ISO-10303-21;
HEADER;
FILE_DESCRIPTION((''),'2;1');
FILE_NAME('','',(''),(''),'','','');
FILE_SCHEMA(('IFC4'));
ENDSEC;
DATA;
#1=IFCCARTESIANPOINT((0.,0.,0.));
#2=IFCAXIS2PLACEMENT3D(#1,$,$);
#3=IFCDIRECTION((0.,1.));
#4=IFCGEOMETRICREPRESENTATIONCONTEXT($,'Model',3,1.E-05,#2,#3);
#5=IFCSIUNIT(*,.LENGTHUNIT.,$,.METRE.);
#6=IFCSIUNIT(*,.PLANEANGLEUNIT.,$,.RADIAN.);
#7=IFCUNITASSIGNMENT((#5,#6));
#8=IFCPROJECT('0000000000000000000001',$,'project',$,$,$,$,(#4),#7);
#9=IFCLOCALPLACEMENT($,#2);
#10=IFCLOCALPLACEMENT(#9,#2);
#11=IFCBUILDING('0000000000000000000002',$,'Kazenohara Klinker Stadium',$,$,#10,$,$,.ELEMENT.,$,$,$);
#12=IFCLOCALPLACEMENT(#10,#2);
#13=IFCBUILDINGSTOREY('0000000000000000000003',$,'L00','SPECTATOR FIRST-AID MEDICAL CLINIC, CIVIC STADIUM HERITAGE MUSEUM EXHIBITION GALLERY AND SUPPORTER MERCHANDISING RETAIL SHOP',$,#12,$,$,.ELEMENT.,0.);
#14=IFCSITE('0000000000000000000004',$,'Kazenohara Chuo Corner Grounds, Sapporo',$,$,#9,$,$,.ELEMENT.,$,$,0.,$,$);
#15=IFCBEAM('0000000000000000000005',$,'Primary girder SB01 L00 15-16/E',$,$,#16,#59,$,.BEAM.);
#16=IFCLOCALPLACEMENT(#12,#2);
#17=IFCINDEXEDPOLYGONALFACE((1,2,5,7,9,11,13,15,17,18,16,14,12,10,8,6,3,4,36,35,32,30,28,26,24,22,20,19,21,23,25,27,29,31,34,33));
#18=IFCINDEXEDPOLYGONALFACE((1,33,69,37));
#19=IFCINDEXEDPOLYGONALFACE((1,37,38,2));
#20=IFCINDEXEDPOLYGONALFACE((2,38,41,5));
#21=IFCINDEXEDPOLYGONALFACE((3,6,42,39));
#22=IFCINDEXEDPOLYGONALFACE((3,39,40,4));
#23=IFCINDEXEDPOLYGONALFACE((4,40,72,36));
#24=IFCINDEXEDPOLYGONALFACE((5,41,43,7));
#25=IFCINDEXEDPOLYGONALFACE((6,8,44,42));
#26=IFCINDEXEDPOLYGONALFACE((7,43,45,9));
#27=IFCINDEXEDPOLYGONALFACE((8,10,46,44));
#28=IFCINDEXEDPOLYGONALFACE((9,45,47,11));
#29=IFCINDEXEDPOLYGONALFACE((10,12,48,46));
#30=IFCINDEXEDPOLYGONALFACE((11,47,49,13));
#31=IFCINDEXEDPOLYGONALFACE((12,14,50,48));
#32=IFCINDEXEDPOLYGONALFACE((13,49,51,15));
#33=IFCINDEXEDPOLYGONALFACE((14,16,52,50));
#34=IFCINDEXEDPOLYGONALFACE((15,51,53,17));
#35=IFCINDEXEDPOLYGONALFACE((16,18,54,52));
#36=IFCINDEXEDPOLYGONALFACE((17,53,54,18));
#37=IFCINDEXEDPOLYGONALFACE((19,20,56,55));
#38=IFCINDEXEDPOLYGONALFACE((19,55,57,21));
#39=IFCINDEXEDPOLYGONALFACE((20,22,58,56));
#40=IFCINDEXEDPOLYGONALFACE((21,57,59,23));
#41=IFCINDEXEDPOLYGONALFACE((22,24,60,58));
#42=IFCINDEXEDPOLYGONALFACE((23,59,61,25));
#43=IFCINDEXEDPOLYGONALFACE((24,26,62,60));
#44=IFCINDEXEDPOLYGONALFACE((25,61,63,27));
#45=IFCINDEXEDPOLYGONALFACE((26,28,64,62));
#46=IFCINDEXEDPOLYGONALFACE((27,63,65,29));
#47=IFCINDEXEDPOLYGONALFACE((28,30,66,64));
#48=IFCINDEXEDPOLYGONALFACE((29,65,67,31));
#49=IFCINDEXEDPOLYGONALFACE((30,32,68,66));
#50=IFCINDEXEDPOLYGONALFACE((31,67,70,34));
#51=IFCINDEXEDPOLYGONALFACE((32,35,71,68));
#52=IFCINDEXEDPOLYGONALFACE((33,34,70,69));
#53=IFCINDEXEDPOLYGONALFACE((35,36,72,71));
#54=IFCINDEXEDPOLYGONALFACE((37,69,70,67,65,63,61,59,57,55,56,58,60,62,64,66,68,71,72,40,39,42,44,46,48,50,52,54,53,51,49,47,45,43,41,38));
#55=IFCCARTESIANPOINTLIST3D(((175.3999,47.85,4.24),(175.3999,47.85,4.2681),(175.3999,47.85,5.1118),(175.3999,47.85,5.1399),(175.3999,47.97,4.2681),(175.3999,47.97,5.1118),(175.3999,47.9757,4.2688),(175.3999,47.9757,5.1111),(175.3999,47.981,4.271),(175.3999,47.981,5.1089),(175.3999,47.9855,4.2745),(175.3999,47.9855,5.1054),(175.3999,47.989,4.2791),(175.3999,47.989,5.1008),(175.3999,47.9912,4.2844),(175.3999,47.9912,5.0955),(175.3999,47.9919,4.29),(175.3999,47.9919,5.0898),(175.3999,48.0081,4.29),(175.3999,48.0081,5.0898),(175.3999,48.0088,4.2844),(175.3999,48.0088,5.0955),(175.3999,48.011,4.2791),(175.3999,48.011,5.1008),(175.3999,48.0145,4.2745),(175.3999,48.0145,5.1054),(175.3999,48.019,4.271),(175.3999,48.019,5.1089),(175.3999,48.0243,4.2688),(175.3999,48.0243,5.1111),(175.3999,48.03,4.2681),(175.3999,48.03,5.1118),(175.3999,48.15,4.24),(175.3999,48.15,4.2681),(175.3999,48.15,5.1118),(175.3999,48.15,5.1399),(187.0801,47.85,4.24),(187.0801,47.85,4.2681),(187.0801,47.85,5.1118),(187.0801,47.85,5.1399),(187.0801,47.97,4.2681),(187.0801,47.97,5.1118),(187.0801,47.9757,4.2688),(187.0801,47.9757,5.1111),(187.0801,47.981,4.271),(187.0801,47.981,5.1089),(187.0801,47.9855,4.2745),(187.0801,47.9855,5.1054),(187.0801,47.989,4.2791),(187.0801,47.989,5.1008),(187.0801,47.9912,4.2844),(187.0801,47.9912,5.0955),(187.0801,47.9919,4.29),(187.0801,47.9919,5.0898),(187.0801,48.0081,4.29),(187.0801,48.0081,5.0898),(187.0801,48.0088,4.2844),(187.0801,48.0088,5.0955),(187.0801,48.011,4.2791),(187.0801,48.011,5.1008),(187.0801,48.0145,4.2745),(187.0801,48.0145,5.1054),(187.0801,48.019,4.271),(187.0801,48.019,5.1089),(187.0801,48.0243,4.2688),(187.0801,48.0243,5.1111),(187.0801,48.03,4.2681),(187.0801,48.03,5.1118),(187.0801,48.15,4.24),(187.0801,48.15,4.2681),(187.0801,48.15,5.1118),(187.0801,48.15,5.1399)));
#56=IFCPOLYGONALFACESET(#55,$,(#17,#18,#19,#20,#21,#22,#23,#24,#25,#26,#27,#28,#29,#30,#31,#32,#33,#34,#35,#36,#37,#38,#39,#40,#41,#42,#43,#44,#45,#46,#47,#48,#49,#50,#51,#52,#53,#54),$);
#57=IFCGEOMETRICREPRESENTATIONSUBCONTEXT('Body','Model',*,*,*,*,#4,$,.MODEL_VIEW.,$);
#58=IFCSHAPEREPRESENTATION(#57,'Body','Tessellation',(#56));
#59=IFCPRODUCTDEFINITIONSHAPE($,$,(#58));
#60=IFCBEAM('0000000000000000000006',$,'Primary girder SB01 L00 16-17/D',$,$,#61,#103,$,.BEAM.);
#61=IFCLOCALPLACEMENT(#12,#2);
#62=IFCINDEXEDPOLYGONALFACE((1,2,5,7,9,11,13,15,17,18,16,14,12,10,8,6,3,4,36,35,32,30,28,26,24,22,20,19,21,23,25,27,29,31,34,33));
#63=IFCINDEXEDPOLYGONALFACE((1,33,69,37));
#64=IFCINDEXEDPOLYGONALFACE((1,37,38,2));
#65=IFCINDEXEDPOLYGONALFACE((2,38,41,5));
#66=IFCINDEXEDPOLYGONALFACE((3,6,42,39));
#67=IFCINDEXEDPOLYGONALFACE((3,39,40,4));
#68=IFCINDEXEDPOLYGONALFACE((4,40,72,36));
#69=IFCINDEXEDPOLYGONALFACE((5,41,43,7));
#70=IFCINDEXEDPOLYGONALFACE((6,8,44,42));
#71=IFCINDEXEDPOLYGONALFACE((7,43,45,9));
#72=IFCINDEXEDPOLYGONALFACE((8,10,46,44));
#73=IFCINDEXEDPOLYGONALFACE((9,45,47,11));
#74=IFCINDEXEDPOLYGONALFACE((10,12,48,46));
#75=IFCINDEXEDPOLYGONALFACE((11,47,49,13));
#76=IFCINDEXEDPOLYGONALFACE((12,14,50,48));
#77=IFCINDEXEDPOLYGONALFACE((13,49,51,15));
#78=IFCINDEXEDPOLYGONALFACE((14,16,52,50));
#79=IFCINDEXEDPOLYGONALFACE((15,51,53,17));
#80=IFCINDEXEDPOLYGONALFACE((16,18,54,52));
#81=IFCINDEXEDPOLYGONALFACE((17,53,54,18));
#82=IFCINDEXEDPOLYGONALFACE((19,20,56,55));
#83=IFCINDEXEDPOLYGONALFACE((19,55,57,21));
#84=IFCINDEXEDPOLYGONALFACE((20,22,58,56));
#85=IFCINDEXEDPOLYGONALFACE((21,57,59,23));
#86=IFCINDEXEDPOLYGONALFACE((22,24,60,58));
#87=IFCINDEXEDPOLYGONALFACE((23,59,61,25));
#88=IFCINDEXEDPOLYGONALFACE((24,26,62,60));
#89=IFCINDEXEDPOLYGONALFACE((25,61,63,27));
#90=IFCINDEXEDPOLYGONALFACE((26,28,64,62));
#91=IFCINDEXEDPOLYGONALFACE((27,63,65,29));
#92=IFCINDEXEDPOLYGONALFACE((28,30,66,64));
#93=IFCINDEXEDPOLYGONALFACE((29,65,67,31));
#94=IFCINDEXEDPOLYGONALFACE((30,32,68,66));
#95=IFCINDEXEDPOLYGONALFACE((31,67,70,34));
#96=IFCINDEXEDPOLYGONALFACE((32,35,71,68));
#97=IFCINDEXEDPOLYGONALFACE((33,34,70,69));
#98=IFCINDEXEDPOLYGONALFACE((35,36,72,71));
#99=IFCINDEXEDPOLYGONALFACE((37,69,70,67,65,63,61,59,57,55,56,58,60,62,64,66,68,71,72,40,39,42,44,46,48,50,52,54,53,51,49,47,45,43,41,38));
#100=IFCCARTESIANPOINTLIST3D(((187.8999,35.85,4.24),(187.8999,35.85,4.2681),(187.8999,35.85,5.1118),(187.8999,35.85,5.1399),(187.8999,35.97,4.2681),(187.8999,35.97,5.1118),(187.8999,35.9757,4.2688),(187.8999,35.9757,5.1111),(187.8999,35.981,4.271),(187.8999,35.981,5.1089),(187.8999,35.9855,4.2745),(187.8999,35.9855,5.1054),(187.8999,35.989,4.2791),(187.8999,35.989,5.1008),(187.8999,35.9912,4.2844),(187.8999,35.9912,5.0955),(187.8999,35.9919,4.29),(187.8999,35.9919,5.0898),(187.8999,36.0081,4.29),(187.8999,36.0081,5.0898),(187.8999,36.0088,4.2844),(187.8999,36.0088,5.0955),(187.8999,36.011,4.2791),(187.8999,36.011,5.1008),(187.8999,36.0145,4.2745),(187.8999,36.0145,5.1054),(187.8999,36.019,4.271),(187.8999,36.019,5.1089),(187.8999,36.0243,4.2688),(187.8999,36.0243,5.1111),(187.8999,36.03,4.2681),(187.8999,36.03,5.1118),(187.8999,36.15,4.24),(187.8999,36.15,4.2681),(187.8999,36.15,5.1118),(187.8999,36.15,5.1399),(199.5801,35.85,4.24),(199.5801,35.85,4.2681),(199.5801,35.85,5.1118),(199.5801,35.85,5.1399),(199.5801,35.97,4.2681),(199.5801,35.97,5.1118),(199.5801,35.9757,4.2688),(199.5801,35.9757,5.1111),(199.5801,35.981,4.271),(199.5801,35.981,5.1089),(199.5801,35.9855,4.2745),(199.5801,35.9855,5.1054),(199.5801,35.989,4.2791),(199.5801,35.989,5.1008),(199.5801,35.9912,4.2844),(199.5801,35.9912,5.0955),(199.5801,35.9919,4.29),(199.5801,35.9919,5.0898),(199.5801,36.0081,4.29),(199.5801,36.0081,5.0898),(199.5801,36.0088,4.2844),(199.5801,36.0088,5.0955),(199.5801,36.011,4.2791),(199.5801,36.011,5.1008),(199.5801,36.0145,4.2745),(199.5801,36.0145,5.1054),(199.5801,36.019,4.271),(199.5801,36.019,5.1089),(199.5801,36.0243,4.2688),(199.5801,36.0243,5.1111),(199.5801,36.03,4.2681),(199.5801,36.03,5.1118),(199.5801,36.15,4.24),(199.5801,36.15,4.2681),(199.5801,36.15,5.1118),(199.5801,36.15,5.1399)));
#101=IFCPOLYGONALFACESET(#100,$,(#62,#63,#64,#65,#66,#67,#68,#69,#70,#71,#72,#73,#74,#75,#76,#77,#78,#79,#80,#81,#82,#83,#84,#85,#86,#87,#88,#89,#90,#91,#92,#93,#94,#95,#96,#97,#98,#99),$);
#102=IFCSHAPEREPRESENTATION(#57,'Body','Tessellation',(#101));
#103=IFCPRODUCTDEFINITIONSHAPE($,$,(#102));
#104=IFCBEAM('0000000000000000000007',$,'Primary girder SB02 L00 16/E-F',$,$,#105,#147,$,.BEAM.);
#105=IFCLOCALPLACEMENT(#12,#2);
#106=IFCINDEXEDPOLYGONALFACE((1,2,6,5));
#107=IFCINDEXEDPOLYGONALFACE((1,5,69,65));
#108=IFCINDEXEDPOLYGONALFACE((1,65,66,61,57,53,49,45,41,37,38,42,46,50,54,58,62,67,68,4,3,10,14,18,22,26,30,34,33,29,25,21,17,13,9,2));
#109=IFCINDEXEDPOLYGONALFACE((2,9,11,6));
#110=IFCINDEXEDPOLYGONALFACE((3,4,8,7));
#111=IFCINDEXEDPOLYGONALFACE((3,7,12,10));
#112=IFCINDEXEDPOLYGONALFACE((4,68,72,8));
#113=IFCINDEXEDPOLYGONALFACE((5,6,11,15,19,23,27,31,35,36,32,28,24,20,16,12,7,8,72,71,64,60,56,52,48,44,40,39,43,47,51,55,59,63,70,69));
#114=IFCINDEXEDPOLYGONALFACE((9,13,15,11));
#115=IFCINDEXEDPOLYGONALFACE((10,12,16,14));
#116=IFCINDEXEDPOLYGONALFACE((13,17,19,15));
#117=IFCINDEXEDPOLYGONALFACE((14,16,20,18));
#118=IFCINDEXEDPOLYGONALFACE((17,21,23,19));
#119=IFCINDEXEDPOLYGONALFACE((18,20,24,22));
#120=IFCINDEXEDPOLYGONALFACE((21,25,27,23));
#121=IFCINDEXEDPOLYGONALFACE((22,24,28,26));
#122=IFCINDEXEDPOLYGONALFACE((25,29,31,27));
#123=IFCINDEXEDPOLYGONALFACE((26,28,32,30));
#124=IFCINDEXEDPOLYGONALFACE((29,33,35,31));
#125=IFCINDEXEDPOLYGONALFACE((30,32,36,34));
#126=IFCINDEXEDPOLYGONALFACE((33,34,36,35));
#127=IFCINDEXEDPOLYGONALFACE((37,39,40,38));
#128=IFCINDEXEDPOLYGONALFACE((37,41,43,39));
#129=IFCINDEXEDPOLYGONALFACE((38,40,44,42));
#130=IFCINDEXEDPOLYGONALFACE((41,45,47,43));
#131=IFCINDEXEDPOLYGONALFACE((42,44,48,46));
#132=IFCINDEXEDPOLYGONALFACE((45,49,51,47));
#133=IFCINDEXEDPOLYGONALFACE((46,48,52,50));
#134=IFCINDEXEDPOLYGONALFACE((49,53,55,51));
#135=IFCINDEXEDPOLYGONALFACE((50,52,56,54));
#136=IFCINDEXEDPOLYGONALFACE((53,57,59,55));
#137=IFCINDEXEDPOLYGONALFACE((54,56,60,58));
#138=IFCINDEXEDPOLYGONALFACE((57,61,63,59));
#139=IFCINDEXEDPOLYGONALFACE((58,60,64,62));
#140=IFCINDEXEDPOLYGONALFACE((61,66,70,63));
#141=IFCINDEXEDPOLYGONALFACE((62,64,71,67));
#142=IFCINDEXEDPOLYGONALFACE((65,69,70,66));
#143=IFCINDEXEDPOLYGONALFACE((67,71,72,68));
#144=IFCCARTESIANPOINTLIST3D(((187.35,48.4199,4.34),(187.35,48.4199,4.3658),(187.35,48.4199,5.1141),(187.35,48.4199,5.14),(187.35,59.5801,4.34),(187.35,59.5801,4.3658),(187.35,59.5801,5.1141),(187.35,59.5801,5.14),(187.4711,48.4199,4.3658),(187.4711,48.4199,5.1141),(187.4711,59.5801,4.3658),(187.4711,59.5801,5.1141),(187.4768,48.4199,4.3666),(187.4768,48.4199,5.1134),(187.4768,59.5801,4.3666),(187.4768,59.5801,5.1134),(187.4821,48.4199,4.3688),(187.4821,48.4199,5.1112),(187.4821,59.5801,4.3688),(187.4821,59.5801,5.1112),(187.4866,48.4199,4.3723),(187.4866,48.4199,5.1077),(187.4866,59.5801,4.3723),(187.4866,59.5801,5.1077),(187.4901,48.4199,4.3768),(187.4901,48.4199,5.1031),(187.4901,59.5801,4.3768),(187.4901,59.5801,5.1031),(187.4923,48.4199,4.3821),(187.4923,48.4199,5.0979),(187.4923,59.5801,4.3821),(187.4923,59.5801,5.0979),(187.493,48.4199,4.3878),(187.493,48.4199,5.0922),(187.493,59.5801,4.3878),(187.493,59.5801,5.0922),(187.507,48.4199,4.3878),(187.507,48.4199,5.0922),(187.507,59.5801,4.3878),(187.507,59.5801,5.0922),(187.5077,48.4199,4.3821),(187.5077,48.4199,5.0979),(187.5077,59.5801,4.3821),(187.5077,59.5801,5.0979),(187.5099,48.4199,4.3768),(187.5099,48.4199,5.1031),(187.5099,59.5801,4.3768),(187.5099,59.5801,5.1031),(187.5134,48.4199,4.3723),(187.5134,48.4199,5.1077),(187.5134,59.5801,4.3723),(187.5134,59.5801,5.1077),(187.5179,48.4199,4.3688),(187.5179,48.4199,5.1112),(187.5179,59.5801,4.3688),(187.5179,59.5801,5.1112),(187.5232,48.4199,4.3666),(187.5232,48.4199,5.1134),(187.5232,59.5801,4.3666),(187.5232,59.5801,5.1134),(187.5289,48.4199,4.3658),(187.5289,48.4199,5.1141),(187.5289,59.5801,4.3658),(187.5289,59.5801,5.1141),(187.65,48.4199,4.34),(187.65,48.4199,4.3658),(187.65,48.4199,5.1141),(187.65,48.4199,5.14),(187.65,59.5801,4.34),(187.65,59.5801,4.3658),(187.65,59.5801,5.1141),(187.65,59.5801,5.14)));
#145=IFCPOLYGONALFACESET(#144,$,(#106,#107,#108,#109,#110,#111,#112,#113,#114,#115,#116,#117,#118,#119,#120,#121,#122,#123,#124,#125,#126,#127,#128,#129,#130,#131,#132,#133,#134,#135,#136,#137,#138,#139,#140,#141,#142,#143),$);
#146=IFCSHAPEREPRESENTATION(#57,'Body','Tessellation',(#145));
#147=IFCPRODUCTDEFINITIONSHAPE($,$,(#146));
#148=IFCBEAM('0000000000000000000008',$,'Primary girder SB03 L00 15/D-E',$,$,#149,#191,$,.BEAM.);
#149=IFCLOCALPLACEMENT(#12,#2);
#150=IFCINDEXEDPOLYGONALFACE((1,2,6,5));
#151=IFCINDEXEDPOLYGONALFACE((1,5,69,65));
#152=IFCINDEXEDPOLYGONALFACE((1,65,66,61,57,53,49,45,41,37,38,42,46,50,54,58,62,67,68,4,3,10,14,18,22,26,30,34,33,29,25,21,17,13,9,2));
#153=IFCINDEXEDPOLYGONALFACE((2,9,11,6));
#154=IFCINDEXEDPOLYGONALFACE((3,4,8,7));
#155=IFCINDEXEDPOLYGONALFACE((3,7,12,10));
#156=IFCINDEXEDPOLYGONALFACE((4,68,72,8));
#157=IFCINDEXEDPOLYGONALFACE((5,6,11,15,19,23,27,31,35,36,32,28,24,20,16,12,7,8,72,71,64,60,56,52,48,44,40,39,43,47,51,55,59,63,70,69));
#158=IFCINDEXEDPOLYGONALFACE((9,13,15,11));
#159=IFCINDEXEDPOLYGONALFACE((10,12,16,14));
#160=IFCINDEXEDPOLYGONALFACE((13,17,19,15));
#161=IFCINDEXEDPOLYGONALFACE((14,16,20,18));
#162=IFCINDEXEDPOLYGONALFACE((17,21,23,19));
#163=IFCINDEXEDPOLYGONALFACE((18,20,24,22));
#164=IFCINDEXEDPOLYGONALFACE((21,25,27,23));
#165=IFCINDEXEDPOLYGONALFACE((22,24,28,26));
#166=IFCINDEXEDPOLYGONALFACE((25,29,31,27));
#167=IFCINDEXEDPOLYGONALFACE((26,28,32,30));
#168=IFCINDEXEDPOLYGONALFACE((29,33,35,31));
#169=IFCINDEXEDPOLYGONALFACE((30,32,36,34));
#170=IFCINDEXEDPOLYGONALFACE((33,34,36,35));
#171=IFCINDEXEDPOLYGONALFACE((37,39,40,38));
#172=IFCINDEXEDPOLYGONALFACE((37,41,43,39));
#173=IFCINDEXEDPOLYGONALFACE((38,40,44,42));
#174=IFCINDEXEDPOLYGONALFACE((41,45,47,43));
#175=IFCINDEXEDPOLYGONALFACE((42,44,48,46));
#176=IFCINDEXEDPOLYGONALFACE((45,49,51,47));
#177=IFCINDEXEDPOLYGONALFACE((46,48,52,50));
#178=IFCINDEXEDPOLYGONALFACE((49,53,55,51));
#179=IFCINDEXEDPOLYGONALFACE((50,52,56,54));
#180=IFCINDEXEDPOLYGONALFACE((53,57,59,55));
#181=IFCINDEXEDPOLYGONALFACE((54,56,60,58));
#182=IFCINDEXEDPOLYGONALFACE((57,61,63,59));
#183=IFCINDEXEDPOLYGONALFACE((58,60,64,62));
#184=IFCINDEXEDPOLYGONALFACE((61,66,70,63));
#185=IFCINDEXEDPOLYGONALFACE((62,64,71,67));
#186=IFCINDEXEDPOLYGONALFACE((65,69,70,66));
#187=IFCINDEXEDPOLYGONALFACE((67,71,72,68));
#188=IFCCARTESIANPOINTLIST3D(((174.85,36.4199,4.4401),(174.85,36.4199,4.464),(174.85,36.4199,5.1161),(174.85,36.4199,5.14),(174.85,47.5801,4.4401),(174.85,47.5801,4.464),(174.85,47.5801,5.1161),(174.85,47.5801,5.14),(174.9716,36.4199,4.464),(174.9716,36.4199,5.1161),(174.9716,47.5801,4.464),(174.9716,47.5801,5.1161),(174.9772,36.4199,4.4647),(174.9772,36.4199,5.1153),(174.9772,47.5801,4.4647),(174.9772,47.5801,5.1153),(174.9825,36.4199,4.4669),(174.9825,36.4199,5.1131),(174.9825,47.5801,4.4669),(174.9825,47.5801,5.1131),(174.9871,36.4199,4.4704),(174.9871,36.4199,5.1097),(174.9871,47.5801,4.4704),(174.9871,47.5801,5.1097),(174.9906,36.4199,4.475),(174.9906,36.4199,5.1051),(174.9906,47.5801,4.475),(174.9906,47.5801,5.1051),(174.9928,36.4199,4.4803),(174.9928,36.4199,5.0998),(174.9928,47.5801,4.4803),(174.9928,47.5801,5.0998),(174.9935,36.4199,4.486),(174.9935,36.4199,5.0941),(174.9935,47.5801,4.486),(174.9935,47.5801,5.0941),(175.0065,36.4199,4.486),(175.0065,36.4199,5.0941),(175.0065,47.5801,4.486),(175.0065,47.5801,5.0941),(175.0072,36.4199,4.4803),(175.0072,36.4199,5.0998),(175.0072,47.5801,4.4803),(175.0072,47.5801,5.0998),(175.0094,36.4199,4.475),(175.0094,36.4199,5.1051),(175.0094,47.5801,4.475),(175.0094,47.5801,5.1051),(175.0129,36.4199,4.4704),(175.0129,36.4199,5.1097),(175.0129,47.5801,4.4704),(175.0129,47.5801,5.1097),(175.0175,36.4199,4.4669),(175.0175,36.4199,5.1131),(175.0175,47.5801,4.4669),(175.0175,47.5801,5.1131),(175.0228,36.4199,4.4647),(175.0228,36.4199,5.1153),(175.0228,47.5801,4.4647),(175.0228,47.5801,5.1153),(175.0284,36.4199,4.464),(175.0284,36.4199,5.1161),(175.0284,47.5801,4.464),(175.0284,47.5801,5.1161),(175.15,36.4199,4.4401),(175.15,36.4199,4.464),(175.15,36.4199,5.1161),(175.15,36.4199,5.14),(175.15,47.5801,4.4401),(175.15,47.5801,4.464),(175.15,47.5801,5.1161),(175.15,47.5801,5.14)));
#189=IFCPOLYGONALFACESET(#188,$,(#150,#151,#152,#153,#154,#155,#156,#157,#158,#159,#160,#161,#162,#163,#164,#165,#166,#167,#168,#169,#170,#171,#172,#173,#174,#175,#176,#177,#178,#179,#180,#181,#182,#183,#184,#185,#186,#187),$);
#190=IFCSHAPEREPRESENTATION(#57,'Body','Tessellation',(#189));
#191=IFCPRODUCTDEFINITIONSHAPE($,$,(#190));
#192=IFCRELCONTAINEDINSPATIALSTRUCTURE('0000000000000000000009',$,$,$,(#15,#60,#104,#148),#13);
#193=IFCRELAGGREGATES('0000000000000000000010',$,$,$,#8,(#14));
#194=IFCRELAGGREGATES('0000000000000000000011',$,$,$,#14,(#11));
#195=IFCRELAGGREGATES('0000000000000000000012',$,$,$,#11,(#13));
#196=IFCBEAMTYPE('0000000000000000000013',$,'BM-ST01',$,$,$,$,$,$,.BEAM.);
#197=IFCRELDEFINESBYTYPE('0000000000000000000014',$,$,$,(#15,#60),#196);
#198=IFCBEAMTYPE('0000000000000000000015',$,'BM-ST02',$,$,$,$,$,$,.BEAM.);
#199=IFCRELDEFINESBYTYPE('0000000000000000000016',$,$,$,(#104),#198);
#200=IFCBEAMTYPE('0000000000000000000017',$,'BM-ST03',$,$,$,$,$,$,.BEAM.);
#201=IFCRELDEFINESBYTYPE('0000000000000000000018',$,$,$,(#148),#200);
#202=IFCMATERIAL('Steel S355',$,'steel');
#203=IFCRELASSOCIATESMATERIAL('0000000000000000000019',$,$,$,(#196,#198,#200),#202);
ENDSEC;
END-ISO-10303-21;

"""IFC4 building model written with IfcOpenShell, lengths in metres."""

from ifc_helpers import new_model, si_unit, direction, frame, origin, origin_2d, place, context, subcontext, project, spatial, i_section, extrude, material, material_profile, profile_set, type_object, element, save


model = new_model("IFC4")

# Units and contexts
model_context = context("Model", 3, precision=1e-05, world=origin(), true_north=direction((0.0, 1.0)))
body_context = subcontext(model_context, "Body", "Model", "MODEL_VIEW")
ifc_project = project(units=[si_unit("LENGTHUNIT", "METRE"), si_unit("PLANEANGLEUNIT", "RADIAN")], contexts=[model_context])

# Site, building, storey
site_placement = place(None, origin())
site = spatial("IfcSite", under=ifc_project, at=site_placement, Name="Kazenohara Chuo Corner Grounds, Sapporo", CompositionType="ELEMENT", RefElevation=0.0)
building_placement = place(site_placement, origin())
building = spatial("IfcBuilding", under=site, at=building_placement, Name="Kazenohara Klinker Stadium", CompositionType="ELEMENT")
storey_placement = place(building_placement, origin())
storey = spatial("IfcBuildingStorey", under=building, at=storey_placement, Name="L00", Description="SPECTATOR FIRST-AID MEDICAL CLINIC, CIVIC STADIUM HERITAGE MUSEUM EXHIBITION GALLERY AND SUPPORTER MERCHANDISING RETAIL SHOP", CompositionType="ELEMENT", Elevation=0.0)

# Beams
ifc_material_1 = material(Name="Steel S355", Category="steel")
ifc_material_profile_1 = material_profile(ifc_material_1, i_section(OverallWidth=0.3, OverallDepth=0.8999, WebThickness=0.0161, FlangeThickness=0.0281, FilletRadius=0.022, at=origin_2d()), Name="H-900x300x16x28")
ifc_profile_set_1 = profile_set([ifc_material_profile_1], Name="Steel S355")
beam_type_1 = type_object("IfcBeamType", Name="BM-ST01", PredefinedType="BEAM", material=ifc_profile_set_1)
for number, where, z_axis, x_axis, name in (
    (1, (175.3999, 48.0, 4.6899), (1.0, 0.0, 0.0), (0.0, 1.0, 0.0), "Primary girder SB01 L00 15-16/E"),
    (2, (187.8999, 36.0, 4.6899), (1.0, 0.0, 0.0), (0.0, 1.0, 0.0), "Primary girder SB01 L00 16-17/D"),
):
    element("IfcBeam", number, at=place(storey_placement, frame(where, z_axis=z_axis, x_axis=x_axis)), inside=storey, type_object=beam_type_1, Name=name, PredefinedType="BEAM", context=body_context, shape_type="SweptSolid", body=[
        extrude(i_section(OverallWidth=0.3, OverallDepth=0.8999, WebThickness=0.0161, FlangeThickness=0.0281, FilletRadius=0.022, at=origin_2d()), origin(), (0.0, 0.0, 1.0), 11.6802),
    ])
ifc_material_profile_2 = material_profile(ifc_material_1, i_section(OverallWidth=0.3, OverallDepth=0.8, WebThickness=0.0139, FlangeThickness=0.0259, FilletRadius=0.022, at=origin_2d()), Name="H-800x300x14x26")
ifc_profile_set_2 = profile_set([ifc_material_profile_2], Name="Steel S355")
beam_type_2 = type_object("IfcBeamType", Name="BM-ST02", PredefinedType="BEAM", material=ifc_profile_set_2)
beam_1_placement = place(storey_placement, frame((187.5, 48.4199, 4.74), z_axis=(0.0, 1.0, 0.0), x_axis=(-1.0, 0.0, 0.0)))
element("IfcBeam", 3, at=beam_1_placement, inside=storey, type_object=beam_type_2, Name="Primary girder SB02 L00 16/E-F", PredefinedType="BEAM", context=body_context, shape_type="SweptSolid", body=[
    extrude(i_section(OverallWidth=0.3, OverallDepth=0.8, WebThickness=0.0139, FlangeThickness=0.0259, FilletRadius=0.022, at=origin_2d()), origin(), (0.0, 0.0, 1.0), 11.1602),
])
ifc_material_profile_3 = material_profile(ifc_material_1, i_section(OverallWidth=0.3, OverallDepth=0.7, WebThickness=0.0129, FlangeThickness=0.0239, FilletRadius=0.022, at=origin_2d()), Name="H-700x300x13x24")
ifc_profile_set_3 = profile_set([ifc_material_profile_3], Name="Steel S355")
beam_type_3 = type_object("IfcBeamType", Name="BM-ST03", PredefinedType="BEAM", material=ifc_profile_set_3)
beam_2_placement = place(storey_placement, frame((175.0, 36.4199, 4.79), z_axis=(0.0, 1.0, 0.0), x_axis=(-1.0, 0.0, 0.0)))
element("IfcBeam", 4, at=beam_2_placement, inside=storey, type_object=beam_type_3, Name="Primary girder SB03 L00 15/D-E", PredefinedType="BEAM", context=body_context, shape_type="SweptSolid", body=[
    extrude(i_section(OverallWidth=0.3, OverallDepth=0.7, WebThickness=0.0129, FlangeThickness=0.0239, FilletRadius=0.022, at=origin_2d()), origin(), (0.0, 0.0, 1.0), 11.1602),
])

save(model, "model.ifc")
